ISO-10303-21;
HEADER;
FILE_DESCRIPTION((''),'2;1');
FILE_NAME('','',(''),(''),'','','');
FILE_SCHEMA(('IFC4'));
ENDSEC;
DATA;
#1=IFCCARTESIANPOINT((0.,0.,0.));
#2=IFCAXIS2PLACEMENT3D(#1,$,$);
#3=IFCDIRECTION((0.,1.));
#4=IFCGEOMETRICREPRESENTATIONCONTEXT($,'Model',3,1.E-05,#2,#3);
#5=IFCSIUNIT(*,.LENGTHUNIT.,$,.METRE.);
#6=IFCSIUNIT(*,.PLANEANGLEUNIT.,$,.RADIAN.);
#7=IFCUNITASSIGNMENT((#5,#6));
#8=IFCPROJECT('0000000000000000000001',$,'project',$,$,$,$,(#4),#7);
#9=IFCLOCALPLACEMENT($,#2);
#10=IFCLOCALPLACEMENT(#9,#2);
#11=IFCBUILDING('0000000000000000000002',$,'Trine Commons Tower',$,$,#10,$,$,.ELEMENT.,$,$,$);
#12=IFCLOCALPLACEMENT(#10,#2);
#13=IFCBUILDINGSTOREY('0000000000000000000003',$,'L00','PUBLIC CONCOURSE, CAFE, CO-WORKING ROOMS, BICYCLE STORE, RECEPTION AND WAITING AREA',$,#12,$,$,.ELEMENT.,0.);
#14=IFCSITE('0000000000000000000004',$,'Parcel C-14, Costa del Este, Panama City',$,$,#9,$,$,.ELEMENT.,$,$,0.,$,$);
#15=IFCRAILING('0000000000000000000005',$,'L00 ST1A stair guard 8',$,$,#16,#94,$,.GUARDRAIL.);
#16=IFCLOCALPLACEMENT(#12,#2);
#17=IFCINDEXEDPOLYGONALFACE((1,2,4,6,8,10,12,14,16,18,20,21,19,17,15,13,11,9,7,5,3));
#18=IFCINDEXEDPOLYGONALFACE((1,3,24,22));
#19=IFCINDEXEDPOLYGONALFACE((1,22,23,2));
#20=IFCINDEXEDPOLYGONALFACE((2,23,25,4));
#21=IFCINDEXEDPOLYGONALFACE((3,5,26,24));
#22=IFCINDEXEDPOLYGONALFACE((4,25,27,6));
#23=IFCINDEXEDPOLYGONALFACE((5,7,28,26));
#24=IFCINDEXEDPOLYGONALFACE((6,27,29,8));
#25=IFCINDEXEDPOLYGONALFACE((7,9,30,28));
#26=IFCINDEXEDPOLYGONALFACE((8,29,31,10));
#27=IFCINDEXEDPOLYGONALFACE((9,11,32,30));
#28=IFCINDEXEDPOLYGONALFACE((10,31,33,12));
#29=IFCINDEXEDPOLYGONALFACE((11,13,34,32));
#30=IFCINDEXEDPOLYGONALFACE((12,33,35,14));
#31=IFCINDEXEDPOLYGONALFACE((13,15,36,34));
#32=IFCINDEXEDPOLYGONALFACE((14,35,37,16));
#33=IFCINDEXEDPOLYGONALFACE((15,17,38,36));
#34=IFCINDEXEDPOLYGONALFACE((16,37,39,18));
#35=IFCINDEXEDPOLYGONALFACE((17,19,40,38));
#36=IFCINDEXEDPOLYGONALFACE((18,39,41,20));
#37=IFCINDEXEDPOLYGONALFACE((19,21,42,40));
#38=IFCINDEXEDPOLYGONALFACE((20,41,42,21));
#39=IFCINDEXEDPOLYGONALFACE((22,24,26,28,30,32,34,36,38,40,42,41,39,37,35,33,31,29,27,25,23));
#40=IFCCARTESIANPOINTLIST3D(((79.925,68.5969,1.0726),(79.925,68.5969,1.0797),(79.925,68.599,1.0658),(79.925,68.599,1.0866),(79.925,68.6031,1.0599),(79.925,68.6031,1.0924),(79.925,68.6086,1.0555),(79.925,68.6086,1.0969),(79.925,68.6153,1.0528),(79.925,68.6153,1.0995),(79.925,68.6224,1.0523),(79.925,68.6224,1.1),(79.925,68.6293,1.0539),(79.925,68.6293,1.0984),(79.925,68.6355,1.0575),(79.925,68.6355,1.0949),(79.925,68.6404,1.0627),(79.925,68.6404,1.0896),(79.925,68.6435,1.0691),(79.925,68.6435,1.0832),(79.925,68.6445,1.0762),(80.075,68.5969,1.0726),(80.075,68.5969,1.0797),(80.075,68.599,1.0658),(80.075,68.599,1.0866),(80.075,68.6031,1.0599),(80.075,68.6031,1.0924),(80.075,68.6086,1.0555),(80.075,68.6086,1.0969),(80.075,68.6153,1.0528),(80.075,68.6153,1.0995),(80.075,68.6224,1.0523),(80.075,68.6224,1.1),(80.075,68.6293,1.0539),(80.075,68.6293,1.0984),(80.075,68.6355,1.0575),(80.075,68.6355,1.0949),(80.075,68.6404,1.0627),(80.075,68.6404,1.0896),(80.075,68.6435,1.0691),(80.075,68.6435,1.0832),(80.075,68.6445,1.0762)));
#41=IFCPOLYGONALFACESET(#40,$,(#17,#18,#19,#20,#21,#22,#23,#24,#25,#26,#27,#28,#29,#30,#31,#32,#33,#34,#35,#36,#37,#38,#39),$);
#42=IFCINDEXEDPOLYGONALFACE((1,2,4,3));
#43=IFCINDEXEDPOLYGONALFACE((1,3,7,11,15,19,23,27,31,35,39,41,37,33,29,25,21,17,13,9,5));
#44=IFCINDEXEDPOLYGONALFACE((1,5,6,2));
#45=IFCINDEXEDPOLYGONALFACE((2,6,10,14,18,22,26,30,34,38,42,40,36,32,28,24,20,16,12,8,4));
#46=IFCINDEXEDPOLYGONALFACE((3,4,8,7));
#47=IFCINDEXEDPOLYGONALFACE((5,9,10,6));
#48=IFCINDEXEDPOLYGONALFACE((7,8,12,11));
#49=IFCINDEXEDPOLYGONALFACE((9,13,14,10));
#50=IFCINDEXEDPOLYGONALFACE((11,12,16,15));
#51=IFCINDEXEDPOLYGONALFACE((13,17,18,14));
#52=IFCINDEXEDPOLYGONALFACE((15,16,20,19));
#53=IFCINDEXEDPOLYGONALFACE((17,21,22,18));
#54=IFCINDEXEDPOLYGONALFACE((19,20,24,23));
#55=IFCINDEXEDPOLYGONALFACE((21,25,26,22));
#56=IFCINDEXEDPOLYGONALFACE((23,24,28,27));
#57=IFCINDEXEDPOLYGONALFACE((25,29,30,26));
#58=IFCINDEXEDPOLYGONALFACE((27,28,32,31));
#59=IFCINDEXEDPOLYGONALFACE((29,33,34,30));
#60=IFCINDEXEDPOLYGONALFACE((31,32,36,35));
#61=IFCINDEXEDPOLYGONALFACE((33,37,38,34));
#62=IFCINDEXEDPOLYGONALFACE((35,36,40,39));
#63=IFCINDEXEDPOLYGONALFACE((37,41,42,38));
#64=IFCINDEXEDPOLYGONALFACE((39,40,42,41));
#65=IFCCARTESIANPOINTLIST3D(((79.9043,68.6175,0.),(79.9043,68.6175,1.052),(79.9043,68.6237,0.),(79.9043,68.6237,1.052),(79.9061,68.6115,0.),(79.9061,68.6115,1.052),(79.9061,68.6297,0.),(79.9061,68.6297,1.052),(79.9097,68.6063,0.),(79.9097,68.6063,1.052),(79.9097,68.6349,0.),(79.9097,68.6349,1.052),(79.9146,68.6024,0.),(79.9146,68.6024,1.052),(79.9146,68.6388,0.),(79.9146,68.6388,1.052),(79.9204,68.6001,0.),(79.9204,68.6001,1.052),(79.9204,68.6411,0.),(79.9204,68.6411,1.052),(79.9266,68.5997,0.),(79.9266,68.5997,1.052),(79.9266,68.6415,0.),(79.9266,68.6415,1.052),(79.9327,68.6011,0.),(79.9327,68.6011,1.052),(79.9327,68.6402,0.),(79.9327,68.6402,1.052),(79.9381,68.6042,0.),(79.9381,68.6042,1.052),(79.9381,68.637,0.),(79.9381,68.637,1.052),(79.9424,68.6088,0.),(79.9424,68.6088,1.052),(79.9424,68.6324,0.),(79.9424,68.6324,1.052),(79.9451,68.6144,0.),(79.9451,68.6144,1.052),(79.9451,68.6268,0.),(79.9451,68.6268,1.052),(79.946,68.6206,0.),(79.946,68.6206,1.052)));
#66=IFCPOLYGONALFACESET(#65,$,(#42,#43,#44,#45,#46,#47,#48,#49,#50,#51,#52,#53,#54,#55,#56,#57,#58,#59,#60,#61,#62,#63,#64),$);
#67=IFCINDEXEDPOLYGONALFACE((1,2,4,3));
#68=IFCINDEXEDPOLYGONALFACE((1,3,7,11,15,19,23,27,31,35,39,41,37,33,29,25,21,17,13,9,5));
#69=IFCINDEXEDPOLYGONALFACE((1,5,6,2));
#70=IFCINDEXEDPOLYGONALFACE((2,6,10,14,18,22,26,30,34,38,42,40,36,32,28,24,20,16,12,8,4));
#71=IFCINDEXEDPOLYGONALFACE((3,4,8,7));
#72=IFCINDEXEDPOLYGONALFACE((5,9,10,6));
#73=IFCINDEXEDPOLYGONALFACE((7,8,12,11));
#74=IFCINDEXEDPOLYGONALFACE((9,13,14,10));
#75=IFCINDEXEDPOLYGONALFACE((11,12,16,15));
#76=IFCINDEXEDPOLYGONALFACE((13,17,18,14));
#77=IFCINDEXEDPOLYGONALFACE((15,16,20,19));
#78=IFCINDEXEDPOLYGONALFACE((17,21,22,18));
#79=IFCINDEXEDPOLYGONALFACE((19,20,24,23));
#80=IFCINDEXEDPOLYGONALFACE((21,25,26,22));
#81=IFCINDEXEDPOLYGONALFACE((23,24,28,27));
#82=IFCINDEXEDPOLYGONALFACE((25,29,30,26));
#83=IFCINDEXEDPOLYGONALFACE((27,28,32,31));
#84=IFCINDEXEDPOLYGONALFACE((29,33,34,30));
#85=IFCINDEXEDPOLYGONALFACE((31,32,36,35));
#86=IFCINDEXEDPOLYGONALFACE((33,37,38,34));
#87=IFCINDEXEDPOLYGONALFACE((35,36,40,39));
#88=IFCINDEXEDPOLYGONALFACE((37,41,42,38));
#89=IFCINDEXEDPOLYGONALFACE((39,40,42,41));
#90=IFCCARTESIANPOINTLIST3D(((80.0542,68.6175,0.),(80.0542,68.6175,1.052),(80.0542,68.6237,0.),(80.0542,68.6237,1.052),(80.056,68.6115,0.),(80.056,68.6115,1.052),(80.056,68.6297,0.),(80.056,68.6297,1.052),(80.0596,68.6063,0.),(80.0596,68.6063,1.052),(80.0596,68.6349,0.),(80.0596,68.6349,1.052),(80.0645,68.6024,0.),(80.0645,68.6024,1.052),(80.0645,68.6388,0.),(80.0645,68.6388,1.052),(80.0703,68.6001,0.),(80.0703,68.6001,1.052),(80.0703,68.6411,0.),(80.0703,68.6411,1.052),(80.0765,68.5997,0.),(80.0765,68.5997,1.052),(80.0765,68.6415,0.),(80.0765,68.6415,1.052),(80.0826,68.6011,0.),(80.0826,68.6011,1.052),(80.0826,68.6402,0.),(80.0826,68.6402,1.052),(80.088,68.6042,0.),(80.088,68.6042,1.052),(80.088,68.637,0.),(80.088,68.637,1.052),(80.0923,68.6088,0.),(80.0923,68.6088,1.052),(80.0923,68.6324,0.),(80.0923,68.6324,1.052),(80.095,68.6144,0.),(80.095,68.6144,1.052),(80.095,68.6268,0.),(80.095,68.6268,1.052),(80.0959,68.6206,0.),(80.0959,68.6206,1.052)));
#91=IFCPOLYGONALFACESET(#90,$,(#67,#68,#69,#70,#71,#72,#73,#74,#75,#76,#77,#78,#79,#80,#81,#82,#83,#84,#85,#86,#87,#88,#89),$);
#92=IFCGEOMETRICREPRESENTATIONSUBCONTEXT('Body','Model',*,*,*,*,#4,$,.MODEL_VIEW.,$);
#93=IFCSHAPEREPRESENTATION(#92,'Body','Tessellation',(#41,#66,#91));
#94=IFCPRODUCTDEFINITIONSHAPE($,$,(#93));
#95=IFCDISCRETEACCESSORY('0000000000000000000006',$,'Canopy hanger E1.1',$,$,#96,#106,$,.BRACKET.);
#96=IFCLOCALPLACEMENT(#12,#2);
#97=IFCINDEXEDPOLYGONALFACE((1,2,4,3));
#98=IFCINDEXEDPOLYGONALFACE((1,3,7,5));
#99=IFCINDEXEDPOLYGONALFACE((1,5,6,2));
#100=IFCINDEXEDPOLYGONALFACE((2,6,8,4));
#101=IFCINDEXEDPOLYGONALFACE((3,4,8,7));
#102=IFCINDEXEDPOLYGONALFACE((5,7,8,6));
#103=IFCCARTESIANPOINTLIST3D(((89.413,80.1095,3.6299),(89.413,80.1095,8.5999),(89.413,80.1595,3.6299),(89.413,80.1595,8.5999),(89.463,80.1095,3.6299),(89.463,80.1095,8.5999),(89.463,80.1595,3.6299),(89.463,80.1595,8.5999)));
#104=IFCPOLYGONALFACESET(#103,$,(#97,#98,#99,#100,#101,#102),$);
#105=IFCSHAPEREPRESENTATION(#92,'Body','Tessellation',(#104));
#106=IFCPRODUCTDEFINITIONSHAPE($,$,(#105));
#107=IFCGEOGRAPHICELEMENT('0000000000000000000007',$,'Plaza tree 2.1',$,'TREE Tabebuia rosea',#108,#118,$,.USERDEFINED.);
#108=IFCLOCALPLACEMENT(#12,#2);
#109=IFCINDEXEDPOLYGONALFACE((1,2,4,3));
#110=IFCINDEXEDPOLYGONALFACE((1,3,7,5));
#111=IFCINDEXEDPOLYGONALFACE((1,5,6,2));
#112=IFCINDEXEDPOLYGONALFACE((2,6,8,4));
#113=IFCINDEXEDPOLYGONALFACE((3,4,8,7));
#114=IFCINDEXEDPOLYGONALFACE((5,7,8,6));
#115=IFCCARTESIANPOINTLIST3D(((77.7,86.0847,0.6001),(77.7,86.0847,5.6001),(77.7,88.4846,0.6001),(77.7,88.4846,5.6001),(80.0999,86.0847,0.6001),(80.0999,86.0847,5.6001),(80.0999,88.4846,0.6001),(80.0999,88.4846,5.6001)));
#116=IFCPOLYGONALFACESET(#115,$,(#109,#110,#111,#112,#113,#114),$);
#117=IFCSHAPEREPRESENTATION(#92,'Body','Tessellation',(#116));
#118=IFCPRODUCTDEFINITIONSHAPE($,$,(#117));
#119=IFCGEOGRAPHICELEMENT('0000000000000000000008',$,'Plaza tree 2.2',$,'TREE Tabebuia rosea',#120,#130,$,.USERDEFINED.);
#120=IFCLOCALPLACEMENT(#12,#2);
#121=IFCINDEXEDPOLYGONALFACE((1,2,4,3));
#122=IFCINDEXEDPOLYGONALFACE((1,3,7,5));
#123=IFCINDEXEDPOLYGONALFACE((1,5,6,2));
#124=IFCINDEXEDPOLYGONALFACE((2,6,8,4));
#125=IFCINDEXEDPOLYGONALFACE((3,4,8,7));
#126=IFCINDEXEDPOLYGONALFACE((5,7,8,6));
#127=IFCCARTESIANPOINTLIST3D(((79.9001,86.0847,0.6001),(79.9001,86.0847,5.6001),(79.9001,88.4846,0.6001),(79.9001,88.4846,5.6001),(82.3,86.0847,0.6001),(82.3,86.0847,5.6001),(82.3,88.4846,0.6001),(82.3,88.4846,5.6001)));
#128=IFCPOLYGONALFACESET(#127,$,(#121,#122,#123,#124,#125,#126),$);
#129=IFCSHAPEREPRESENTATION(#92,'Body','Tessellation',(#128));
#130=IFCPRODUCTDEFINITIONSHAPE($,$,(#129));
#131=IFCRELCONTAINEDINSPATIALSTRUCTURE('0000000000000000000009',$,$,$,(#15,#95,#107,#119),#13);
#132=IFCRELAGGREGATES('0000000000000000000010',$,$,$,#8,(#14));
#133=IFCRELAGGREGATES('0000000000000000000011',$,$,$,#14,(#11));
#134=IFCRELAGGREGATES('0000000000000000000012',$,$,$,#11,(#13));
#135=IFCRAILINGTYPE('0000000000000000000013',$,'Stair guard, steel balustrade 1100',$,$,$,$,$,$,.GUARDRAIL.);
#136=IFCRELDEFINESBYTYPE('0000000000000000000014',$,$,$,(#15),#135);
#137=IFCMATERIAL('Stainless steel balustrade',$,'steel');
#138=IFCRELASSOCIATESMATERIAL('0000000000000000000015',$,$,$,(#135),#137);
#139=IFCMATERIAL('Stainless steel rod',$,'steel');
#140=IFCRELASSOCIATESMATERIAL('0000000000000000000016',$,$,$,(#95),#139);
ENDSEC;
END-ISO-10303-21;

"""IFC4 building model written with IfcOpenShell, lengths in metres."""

from ifc_helpers import new_model, si_unit, direction, frame, origin, origin_2d, place, context, subcontext, project, spatial, rectangle, circle, extrude, material, type_object, element, save


model = new_model("IFC4")

# Units and contexts
model_context = context("Model", 3, precision=1e-05, world=origin(), true_north=direction((0.0, 1.0)))
body_context = subcontext(model_context, "Body", "Model", "MODEL_VIEW")
ifc_project = project(units=[si_unit("LENGTHUNIT", "METRE"), si_unit("PLANEANGLEUNIT", "RADIAN")], contexts=[model_context])

# Site, building, storey
site_placement = place(None, origin())
site = spatial("IfcSite", under=ifc_project, at=site_placement, Name="Parcel C-14, Costa del Este, Panama City", CompositionType="ELEMENT", RefElevation=0.0)
building_placement = place(site_placement, origin())
building = spatial("IfcBuilding", under=site, at=building_placement, Name="Trine Commons Tower", CompositionType="ELEMENT")
storey_placement = place(building_placement, origin())
storey = spatial("IfcBuildingStorey", under=building, at=storey_placement, Name="L00", Description="PUBLIC CONCOURSE, CAFE, CO-WORKING ROOMS, BICYCLE STORE, RECEPTION AND WAITING AREA", CompositionType="ELEMENT", Elevation=0.0)

# Railing
ifc_material_1 = material(Name="Stainless steel balustrade", Category="steel")
railing_type = type_object("IfcRailingType", Name="Stair guard, steel balustrade 1100", PredefinedType="GUARDRAIL", material=ifc_material_1)
railing_1_placement = place(storey_placement, frame((79.925, 68.6206, 0.0)))
element("IfcRailing", 1, at=railing_1_placement, inside=storey, type_object=railing_type, Name="L00 ST1A stair guard 8", PredefinedType="GUARDRAIL", context=body_context, shape_type="SweptSolid", body=[
    extrude(circle(Radius=0.0239, at=origin_2d()), frame((0.0, 0.0, 1.0762), z_axis=(1.0, 0.0, 0.0), x_axis=(0.0, 1.0, 0.0)), (0.0, 0.0, 1.0), 0.1499),
    extrude(circle(Radius=0.021, at=origin_2d()), origin(), (0.0, 0.0, 1.0), 1.052),
    extrude(circle(Radius=0.021, at=origin_2d()), frame((0.1499, 0.0, 0.0)), (0.0, 0.0, 1.0), 1.052),
])

# Discrete accessory
ifc_material_2 = material(Name="Stainless steel rod", Category="steel")
discrete_accessory_placement = place(storey_placement, frame((89.438, 80.1345, 3.6299), z_axis=(0.0, 0.0, 1.0), x_axis=(1.0, 0.0, 0.0)))
element("IfcDiscreteAccessory", 2, at=discrete_accessory_placement, inside=storey, material=ifc_material_2, Name="Canopy hanger E1.1", PredefinedType="BRACKET", context=body_context, shape_type="SweptSolid", body=[
    extrude(rectangle(XDim=0.05, YDim=0.05, at=origin_2d()), origin(), (0.0, 0.0, 1.0), 4.97),
])

# Geographic elements
for number, where, z_axis, x_axis, name in (
    (3, (78.8999, 87.2847, 0.6001), (0.0, 0.0, 1.0), (1.0, 0.0, 0.0), "Plaza tree 2.1"),
    (4, (81.1001, 87.2847, 0.6001), (0.0, 0.0, 1.0), (1.0, 0.0, 0.0), "Plaza tree 2.2"),
):
    element("IfcGeographicElement", number, at=place(storey_placement, frame(where, z_axis=z_axis, x_axis=x_axis)), inside=storey, Name=name, ObjectType="TREE Tabebuia rosea", PredefinedType="USERDEFINED", context=body_context, shape_type="SweptSolid", body=[
        extrude(rectangle(XDim=2.3999, YDim=2.3999, at=origin_2d()), origin(), (0.0, 0.0, 1.0), 5.0),
    ])

save(model, "model.ifc")
